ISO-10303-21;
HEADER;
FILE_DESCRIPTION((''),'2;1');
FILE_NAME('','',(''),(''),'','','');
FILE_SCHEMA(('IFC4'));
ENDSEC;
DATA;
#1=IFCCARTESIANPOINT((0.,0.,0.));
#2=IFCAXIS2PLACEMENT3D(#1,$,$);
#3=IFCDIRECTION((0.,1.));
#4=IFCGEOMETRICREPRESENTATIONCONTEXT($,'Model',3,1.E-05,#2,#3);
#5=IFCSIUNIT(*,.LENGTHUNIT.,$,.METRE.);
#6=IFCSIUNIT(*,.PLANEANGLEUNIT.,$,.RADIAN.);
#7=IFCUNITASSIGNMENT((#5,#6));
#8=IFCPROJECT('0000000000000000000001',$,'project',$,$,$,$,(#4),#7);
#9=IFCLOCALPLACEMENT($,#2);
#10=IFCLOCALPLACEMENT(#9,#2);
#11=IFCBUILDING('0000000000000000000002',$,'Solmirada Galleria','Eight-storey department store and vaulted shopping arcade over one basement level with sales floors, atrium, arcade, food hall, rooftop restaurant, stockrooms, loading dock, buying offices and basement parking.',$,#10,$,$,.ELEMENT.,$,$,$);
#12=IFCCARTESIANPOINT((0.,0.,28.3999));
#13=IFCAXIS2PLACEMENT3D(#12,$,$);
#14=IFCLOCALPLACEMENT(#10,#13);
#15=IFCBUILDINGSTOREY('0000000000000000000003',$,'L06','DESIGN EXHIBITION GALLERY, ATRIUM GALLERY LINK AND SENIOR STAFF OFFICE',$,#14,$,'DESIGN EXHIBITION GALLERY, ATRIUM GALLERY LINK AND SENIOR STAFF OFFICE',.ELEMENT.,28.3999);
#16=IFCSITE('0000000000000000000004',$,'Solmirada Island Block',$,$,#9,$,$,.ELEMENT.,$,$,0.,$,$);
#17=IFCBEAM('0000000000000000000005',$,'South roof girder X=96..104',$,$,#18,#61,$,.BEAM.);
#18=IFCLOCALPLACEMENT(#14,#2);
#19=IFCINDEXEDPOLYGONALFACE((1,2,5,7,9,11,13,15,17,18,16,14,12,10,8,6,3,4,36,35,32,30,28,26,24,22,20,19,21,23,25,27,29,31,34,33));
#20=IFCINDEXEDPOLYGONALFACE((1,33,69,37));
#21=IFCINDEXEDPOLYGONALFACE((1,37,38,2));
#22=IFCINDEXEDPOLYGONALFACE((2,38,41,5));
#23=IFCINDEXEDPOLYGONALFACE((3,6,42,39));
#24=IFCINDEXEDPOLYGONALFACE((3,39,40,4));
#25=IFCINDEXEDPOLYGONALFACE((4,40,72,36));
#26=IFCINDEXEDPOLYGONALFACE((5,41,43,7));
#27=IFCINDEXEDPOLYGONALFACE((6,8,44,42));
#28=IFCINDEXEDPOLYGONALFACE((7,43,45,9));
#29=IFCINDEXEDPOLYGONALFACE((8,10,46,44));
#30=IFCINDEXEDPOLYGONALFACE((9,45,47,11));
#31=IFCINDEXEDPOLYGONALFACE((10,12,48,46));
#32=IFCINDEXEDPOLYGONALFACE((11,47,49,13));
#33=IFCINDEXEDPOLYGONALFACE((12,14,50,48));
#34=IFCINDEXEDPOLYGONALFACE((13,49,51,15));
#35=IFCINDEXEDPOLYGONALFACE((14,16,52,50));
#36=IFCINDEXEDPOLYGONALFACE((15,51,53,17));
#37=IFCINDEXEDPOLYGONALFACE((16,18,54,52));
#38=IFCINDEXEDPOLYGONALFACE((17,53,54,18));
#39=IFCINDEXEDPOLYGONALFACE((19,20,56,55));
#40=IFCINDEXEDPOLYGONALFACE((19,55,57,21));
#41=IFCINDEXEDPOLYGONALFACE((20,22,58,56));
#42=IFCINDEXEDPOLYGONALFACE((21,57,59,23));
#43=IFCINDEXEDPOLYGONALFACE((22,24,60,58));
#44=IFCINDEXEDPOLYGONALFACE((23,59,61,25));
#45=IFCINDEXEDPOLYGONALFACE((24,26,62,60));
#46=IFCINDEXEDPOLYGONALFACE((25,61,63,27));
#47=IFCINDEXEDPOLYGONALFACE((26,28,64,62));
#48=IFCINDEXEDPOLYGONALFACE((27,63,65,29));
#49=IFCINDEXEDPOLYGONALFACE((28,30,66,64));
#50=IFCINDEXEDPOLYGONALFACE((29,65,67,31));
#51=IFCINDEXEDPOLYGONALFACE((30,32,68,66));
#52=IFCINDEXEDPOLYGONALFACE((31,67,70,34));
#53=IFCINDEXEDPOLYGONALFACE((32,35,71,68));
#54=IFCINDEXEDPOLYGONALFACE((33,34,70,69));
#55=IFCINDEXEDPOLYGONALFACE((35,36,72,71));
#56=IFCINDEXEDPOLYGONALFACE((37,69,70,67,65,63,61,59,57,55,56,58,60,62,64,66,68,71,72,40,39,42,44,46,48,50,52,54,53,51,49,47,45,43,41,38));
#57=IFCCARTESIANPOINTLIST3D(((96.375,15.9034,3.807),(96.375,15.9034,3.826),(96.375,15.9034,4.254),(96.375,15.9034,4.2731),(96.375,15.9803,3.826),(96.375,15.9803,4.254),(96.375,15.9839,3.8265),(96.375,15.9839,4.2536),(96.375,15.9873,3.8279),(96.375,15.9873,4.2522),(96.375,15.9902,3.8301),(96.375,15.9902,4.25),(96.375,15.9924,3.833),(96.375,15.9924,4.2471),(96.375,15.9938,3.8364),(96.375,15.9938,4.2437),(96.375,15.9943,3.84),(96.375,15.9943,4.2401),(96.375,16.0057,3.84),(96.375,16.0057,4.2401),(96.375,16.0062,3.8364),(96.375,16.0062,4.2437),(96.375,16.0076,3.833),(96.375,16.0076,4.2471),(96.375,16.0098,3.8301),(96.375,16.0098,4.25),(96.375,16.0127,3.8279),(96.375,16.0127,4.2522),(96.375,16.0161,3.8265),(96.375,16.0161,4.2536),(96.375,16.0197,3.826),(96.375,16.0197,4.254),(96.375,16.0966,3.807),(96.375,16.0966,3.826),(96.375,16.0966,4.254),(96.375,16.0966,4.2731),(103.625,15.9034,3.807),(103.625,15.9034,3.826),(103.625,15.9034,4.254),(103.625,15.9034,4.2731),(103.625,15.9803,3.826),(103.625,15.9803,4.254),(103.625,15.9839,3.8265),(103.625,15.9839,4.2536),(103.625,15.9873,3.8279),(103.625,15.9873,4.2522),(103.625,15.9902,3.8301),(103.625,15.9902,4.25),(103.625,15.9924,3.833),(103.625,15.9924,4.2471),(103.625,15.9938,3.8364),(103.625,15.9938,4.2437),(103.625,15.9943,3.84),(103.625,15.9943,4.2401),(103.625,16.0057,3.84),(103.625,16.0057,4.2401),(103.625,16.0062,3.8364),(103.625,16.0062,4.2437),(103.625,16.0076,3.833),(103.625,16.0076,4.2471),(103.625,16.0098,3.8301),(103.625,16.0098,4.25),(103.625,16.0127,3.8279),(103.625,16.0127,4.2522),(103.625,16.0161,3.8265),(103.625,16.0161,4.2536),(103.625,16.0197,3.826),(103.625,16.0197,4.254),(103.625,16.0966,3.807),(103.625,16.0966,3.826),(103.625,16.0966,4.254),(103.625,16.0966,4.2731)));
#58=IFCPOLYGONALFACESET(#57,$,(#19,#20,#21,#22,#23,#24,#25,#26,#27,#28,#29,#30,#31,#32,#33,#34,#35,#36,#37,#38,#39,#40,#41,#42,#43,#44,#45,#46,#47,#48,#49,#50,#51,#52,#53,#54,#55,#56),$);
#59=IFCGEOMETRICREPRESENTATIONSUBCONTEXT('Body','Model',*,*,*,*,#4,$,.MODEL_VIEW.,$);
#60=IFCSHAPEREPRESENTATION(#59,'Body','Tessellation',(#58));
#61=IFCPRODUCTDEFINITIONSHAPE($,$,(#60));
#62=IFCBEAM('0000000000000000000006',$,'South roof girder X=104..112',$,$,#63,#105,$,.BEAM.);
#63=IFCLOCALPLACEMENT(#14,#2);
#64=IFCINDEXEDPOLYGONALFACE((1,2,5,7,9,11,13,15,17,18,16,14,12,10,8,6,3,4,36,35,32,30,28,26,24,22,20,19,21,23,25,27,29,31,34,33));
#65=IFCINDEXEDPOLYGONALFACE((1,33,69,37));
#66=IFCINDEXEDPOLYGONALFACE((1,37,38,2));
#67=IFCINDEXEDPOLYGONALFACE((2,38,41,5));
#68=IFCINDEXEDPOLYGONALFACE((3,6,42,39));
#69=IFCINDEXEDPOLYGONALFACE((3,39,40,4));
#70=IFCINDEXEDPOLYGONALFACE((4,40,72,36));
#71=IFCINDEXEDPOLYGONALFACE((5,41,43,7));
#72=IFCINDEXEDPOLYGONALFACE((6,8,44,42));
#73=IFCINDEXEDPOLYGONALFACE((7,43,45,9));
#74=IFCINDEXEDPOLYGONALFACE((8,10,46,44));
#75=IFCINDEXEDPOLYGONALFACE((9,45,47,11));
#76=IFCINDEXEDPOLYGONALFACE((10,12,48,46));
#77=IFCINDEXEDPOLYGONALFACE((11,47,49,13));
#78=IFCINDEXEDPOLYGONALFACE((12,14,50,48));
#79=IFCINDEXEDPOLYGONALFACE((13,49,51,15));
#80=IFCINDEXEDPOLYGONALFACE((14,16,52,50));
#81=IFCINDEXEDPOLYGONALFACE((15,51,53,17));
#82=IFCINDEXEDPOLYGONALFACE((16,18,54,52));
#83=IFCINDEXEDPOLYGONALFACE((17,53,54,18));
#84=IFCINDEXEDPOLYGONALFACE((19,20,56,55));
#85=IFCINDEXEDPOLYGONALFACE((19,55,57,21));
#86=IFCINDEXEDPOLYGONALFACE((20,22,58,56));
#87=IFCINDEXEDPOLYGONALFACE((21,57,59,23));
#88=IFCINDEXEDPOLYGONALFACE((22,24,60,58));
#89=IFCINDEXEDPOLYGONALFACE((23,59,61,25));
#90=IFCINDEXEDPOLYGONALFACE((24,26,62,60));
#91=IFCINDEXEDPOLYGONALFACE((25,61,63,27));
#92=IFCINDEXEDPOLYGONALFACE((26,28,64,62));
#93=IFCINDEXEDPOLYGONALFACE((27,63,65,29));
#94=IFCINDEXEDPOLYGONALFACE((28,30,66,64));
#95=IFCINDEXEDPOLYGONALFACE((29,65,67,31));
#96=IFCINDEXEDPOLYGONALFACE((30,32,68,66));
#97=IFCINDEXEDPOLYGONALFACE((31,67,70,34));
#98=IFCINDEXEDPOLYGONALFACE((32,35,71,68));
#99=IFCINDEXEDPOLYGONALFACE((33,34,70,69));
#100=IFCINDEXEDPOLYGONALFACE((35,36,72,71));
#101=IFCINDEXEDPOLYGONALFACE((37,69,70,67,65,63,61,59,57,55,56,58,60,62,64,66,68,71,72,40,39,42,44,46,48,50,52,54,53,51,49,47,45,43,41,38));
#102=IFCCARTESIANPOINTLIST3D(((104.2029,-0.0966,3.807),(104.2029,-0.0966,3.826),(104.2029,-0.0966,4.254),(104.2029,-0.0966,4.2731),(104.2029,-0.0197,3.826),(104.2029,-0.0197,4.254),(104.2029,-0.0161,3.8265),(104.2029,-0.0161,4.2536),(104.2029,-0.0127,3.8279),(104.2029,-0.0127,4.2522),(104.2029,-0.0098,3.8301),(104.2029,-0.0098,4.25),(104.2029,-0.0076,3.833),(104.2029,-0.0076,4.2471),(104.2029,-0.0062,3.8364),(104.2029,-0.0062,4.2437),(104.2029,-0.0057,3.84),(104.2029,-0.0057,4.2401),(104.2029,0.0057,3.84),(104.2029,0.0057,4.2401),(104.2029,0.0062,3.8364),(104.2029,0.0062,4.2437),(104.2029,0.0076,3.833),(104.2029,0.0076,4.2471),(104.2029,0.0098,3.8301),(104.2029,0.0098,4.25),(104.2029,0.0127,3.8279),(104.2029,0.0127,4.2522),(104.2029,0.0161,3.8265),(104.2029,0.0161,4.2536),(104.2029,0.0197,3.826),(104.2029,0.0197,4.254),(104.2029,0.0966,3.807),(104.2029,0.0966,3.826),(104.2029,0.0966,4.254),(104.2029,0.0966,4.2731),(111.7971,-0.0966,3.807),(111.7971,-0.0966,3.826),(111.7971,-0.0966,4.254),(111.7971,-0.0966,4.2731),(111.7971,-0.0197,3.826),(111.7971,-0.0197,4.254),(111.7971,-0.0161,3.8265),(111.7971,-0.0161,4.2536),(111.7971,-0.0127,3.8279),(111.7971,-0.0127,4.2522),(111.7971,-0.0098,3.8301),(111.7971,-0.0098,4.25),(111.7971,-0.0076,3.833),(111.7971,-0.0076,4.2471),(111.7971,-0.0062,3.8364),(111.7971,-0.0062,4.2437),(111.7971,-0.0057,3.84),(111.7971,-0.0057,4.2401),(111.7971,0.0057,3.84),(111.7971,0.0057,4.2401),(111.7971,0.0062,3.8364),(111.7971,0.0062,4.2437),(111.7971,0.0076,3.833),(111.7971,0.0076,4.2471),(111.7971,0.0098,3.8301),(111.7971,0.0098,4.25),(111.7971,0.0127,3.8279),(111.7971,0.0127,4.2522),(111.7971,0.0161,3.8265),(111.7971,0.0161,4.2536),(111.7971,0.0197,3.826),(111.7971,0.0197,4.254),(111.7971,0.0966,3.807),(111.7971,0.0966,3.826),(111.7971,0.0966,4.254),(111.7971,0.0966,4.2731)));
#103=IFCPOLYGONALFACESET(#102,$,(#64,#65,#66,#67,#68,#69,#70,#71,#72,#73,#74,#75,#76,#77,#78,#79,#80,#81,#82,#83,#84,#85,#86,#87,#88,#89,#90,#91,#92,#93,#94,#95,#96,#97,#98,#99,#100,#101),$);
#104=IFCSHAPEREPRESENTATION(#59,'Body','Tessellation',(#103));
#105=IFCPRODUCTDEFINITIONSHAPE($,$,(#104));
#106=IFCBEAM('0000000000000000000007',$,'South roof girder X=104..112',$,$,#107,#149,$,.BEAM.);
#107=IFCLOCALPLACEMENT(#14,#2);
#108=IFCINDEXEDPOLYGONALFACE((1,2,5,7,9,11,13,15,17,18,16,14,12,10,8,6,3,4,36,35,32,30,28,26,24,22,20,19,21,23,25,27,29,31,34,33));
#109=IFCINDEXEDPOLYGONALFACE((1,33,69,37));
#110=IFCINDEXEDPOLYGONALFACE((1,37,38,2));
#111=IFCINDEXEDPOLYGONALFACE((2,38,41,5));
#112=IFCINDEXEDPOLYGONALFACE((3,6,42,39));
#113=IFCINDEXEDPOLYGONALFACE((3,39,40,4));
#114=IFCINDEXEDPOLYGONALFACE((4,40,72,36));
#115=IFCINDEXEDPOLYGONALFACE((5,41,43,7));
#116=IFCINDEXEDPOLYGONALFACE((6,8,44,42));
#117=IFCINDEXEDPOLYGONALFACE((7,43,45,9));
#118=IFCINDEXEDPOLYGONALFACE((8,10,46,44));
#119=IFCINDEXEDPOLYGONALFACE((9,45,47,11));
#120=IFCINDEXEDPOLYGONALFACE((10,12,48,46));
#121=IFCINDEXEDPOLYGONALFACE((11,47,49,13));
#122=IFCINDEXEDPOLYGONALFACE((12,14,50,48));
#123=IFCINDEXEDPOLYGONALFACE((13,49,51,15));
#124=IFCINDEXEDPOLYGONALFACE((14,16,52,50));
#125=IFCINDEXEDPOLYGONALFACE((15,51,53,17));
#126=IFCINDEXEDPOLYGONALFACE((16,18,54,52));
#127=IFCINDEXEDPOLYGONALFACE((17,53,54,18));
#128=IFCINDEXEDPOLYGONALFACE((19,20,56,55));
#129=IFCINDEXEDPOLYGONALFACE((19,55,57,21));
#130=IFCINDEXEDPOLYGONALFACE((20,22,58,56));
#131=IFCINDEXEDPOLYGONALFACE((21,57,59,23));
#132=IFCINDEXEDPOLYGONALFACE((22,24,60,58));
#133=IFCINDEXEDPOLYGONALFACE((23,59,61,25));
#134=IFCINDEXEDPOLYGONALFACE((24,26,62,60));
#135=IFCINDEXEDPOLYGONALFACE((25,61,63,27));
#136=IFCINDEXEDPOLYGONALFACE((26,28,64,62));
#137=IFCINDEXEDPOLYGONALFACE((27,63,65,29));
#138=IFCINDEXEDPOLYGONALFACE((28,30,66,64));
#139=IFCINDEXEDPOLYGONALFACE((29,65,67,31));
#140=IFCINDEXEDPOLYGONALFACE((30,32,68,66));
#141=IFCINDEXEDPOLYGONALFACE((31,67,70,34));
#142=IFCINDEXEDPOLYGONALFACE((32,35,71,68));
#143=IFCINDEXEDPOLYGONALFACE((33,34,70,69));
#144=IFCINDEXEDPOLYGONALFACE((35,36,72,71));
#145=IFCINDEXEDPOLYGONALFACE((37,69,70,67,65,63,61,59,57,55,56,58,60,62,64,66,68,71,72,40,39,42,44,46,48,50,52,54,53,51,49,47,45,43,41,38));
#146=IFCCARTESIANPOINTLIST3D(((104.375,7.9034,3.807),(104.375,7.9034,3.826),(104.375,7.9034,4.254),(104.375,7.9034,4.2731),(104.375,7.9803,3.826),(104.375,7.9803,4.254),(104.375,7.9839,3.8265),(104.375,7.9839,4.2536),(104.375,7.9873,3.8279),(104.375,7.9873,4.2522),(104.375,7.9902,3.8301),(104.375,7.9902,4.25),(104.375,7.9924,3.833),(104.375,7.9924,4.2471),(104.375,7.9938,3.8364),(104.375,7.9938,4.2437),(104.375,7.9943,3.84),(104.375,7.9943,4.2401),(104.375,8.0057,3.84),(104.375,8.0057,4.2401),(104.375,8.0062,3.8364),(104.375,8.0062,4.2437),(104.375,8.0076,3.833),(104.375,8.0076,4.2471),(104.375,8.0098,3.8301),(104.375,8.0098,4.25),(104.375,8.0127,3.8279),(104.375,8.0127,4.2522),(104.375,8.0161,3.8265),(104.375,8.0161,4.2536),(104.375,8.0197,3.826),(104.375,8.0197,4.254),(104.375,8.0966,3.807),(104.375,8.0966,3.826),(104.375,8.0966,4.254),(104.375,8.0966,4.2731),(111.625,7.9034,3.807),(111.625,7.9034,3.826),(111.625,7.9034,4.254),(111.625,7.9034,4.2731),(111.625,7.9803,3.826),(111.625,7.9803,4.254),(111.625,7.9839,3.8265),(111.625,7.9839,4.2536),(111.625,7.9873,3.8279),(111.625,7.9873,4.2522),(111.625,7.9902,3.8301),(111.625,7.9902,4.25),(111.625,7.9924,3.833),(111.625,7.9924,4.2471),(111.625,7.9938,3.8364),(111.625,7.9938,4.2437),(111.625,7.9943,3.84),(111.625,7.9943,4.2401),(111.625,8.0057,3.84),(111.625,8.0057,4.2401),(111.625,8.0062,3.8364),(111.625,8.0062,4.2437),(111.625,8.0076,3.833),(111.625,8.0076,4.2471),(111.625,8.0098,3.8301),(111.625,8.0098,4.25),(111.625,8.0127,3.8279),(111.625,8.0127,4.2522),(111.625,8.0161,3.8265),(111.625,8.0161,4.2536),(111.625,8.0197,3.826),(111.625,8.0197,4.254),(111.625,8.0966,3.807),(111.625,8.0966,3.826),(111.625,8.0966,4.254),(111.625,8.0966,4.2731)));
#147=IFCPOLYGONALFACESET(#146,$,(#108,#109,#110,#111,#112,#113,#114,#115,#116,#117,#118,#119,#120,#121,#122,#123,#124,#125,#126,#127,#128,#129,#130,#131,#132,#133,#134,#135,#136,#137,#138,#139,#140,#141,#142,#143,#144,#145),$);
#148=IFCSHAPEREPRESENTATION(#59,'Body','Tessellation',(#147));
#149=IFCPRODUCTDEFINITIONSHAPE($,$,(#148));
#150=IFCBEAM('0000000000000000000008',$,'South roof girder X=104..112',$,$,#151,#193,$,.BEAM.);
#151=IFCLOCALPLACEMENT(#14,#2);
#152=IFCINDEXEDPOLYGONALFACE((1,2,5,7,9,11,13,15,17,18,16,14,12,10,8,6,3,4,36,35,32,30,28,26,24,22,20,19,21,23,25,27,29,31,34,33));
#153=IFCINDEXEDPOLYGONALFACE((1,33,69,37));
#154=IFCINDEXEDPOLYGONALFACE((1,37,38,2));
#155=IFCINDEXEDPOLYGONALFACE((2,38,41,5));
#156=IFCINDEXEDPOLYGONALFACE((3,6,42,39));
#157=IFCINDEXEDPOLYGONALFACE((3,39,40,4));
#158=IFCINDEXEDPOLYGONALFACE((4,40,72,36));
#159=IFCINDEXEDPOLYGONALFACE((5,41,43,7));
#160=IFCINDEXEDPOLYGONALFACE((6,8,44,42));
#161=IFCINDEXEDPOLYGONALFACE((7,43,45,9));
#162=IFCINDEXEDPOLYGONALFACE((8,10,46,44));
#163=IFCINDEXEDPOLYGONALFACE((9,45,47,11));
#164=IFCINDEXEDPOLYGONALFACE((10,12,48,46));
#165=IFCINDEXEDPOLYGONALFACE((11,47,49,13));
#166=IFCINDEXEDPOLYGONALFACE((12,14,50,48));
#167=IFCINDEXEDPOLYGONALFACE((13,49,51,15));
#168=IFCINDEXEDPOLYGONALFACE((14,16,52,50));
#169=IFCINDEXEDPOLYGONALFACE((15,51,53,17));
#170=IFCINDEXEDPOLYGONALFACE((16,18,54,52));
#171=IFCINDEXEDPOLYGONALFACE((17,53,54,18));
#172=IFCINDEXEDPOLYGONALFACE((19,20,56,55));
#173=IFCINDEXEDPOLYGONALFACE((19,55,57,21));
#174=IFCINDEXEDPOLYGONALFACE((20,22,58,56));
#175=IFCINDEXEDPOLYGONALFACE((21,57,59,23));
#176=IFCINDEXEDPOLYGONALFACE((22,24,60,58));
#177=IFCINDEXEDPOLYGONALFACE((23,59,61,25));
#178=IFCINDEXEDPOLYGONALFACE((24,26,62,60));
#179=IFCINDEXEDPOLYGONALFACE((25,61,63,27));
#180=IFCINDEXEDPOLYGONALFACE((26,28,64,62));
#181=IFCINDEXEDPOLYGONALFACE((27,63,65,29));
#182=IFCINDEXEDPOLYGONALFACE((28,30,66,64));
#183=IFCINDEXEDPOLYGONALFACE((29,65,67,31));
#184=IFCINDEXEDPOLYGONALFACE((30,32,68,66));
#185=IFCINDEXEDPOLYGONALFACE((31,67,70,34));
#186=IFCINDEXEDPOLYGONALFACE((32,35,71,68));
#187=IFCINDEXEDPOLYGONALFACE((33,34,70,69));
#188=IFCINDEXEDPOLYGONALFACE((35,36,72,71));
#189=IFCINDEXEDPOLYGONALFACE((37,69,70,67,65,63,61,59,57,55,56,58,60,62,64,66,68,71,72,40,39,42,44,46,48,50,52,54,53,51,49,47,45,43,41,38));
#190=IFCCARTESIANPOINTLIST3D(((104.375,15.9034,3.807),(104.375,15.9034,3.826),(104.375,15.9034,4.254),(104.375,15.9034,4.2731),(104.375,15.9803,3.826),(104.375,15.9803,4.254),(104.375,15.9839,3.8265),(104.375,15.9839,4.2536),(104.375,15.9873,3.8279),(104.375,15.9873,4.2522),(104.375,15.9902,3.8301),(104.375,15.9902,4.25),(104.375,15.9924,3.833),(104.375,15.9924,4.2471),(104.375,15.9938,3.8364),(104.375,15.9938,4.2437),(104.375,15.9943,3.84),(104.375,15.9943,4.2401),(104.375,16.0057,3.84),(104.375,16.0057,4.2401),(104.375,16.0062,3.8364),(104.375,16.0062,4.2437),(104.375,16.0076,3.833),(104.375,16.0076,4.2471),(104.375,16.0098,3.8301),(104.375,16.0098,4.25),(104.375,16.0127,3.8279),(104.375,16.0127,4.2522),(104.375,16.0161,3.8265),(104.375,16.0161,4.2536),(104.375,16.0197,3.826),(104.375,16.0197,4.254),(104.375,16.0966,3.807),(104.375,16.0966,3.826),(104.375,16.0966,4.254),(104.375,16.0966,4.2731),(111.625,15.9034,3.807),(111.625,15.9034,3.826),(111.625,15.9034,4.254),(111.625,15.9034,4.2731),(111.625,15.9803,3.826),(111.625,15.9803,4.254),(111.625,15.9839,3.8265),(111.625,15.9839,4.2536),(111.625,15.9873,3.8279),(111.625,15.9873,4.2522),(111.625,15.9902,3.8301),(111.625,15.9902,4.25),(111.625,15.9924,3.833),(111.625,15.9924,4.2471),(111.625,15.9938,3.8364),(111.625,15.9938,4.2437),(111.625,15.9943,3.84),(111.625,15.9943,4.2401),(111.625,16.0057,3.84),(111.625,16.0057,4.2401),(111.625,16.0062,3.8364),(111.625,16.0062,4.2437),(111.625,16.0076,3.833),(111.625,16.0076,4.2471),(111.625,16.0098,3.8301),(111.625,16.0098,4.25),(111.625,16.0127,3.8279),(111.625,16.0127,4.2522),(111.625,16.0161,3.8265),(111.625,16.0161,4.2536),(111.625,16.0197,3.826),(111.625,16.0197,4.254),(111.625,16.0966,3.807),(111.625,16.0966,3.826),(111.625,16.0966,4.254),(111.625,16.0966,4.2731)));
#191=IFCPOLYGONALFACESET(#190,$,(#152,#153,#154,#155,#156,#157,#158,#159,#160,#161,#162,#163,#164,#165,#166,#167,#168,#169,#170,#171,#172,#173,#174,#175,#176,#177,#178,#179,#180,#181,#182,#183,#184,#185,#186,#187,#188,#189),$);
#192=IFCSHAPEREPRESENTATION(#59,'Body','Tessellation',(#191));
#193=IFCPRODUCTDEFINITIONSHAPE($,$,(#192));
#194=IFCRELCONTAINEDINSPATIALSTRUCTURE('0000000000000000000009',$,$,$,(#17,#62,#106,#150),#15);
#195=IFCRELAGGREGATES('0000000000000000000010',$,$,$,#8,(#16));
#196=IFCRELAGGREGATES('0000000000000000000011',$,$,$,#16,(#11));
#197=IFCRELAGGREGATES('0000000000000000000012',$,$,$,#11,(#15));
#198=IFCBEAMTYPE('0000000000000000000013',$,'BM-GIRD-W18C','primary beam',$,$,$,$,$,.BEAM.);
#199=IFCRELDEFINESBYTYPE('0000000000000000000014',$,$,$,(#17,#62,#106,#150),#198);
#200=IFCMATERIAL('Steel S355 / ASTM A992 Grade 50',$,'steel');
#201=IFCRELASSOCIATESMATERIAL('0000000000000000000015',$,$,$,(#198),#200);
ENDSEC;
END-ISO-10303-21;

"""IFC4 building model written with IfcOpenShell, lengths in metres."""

from ifc_helpers import new_model, si_unit, direction, frame, origin, origin_2d, place, context, subcontext, project, spatial, i_section, extrude, material, material_profile, profile_set, type_object, element, save


model = new_model("IFC4")

# Units and contexts
model_context = context("Model", 3, precision=1e-05, world=origin(), true_north=direction((0.0, 1.0)))
body_context = subcontext(model_context, "Body", "Model", "MODEL_VIEW")
ifc_project = project(units=[si_unit("LENGTHUNIT", "METRE"), si_unit("PLANEANGLEUNIT", "RADIAN")], contexts=[model_context])

# Site, building, storey
site_placement = place(None, origin())
site = spatial("IfcSite", under=ifc_project, at=site_placement, Name="Solmirada Island Block", CompositionType="ELEMENT", RefElevation=0.0)
building_placement = place(site_placement, origin())
building = spatial("IfcBuilding", under=site, at=building_placement, Name="Solmirada Galleria", Description="Eight-storey department store and vaulted shopping arcade over one basement level with sales floors, atrium, arcade, food hall, rooftop restaurant, stockrooms, loading dock, buying offices and basement parking.", CompositionType="ELEMENT")
storey_placement = place(building_placement, frame((0.0, 0.0, 28.3999)))
storey = spatial("IfcBuildingStorey", under=building, at=storey_placement, Name="L06", Description="DESIGN EXHIBITION GALLERY, ATRIUM GALLERY LINK AND SENIOR STAFF OFFICE", LongName="DESIGN EXHIBITION GALLERY, ATRIUM GALLERY LINK AND SENIOR STAFF OFFICE", CompositionType="ELEMENT", Elevation=28.3999)

# Beams
ifc_material_1 = material(Name="Steel S355 / ASTM A992 Grade 50", Category="steel")
ifc_material_profile_1 = material_profile(ifc_material_1, i_section(OverallWidth=0.1931, OverallDepth=0.4661, WebThickness=0.0115, FlangeThickness=0.019, FilletRadius=0.0139, at=origin_2d()), Name="W18X65")
ifc_profile_set_1 = profile_set([ifc_material_profile_1], Name="Steel S355 / ASTM A992 Grade 50")
beam_type = type_object("IfcBeamType", Name="BM-GIRD-W18C", Description="primary beam", PredefinedType="BEAM", material=ifc_profile_set_1)
for number, where, z_axis, x_axis, name in (
    (1, (96.375, 16.0, 4.04), (1.0, 0.0, 0.0), (0.0, 1.0, 0.0), "South roof girder X=96..104"),
):
    element("IfcBeam", number, at=place(storey_placement, frame(where, z_axis=z_axis, x_axis=x_axis)), inside=storey, type_object=beam_type, Name=name, PredefinedType="BEAM", context=body_context, shape_type="SweptSolid", body=[
        extrude(i_section(OverallWidth=0.1931, OverallDepth=0.4661, WebThickness=0.0115, FlangeThickness=0.019, FilletRadius=0.0139, at=origin_2d()), origin(), (0.0, 0.0, 1.0), 7.25),
    ])
beam_1_placement = place(storey_placement, frame((104.2029, 0.0, 4.04), z_axis=(1.0, 0.0, 0.0), x_axis=(0.0, 1.0, 0.0)))
element("IfcBeam", 2, at=beam_1_placement, inside=storey, type_object=beam_type, Name="South roof girder X=104..112", PredefinedType="BEAM", context=body_context, shape_type="SweptSolid", body=[
    extrude(i_section(OverallWidth=0.1931, OverallDepth=0.4661, WebThickness=0.0115, FlangeThickness=0.019, FilletRadius=0.0139, at=origin_2d()), origin(), (0.0, 0.0, 1.0), 7.5942),
])
for number, where, z_axis, x_axis, name in (
    (3, (104.375, 8.0, 4.04), (1.0, 0.0, 0.0), (0.0, 1.0, 0.0), "South roof girder X=104..112"),
    (4, (104.375, 16.0, 4.04), (1.0, 0.0, 0.0), (0.0, 1.0, 0.0), "South roof girder X=104..112"),
):
    element("IfcBeam", number, at=place(storey_placement, frame(where, z_axis=z_axis, x_axis=x_axis)), inside=storey, type_object=beam_type, Name=name, PredefinedType="BEAM", context=body_context, shape_type="SweptSolid", body=[
        extrude(i_section(OverallWidth=0.1931, OverallDepth=0.4661, WebThickness=0.0115, FlangeThickness=0.019, FilletRadius=0.0139, at=origin_2d()), origin(), (0.0, 0.0, 1.0), 7.25),
    ])

save(model, "model.ifc")
